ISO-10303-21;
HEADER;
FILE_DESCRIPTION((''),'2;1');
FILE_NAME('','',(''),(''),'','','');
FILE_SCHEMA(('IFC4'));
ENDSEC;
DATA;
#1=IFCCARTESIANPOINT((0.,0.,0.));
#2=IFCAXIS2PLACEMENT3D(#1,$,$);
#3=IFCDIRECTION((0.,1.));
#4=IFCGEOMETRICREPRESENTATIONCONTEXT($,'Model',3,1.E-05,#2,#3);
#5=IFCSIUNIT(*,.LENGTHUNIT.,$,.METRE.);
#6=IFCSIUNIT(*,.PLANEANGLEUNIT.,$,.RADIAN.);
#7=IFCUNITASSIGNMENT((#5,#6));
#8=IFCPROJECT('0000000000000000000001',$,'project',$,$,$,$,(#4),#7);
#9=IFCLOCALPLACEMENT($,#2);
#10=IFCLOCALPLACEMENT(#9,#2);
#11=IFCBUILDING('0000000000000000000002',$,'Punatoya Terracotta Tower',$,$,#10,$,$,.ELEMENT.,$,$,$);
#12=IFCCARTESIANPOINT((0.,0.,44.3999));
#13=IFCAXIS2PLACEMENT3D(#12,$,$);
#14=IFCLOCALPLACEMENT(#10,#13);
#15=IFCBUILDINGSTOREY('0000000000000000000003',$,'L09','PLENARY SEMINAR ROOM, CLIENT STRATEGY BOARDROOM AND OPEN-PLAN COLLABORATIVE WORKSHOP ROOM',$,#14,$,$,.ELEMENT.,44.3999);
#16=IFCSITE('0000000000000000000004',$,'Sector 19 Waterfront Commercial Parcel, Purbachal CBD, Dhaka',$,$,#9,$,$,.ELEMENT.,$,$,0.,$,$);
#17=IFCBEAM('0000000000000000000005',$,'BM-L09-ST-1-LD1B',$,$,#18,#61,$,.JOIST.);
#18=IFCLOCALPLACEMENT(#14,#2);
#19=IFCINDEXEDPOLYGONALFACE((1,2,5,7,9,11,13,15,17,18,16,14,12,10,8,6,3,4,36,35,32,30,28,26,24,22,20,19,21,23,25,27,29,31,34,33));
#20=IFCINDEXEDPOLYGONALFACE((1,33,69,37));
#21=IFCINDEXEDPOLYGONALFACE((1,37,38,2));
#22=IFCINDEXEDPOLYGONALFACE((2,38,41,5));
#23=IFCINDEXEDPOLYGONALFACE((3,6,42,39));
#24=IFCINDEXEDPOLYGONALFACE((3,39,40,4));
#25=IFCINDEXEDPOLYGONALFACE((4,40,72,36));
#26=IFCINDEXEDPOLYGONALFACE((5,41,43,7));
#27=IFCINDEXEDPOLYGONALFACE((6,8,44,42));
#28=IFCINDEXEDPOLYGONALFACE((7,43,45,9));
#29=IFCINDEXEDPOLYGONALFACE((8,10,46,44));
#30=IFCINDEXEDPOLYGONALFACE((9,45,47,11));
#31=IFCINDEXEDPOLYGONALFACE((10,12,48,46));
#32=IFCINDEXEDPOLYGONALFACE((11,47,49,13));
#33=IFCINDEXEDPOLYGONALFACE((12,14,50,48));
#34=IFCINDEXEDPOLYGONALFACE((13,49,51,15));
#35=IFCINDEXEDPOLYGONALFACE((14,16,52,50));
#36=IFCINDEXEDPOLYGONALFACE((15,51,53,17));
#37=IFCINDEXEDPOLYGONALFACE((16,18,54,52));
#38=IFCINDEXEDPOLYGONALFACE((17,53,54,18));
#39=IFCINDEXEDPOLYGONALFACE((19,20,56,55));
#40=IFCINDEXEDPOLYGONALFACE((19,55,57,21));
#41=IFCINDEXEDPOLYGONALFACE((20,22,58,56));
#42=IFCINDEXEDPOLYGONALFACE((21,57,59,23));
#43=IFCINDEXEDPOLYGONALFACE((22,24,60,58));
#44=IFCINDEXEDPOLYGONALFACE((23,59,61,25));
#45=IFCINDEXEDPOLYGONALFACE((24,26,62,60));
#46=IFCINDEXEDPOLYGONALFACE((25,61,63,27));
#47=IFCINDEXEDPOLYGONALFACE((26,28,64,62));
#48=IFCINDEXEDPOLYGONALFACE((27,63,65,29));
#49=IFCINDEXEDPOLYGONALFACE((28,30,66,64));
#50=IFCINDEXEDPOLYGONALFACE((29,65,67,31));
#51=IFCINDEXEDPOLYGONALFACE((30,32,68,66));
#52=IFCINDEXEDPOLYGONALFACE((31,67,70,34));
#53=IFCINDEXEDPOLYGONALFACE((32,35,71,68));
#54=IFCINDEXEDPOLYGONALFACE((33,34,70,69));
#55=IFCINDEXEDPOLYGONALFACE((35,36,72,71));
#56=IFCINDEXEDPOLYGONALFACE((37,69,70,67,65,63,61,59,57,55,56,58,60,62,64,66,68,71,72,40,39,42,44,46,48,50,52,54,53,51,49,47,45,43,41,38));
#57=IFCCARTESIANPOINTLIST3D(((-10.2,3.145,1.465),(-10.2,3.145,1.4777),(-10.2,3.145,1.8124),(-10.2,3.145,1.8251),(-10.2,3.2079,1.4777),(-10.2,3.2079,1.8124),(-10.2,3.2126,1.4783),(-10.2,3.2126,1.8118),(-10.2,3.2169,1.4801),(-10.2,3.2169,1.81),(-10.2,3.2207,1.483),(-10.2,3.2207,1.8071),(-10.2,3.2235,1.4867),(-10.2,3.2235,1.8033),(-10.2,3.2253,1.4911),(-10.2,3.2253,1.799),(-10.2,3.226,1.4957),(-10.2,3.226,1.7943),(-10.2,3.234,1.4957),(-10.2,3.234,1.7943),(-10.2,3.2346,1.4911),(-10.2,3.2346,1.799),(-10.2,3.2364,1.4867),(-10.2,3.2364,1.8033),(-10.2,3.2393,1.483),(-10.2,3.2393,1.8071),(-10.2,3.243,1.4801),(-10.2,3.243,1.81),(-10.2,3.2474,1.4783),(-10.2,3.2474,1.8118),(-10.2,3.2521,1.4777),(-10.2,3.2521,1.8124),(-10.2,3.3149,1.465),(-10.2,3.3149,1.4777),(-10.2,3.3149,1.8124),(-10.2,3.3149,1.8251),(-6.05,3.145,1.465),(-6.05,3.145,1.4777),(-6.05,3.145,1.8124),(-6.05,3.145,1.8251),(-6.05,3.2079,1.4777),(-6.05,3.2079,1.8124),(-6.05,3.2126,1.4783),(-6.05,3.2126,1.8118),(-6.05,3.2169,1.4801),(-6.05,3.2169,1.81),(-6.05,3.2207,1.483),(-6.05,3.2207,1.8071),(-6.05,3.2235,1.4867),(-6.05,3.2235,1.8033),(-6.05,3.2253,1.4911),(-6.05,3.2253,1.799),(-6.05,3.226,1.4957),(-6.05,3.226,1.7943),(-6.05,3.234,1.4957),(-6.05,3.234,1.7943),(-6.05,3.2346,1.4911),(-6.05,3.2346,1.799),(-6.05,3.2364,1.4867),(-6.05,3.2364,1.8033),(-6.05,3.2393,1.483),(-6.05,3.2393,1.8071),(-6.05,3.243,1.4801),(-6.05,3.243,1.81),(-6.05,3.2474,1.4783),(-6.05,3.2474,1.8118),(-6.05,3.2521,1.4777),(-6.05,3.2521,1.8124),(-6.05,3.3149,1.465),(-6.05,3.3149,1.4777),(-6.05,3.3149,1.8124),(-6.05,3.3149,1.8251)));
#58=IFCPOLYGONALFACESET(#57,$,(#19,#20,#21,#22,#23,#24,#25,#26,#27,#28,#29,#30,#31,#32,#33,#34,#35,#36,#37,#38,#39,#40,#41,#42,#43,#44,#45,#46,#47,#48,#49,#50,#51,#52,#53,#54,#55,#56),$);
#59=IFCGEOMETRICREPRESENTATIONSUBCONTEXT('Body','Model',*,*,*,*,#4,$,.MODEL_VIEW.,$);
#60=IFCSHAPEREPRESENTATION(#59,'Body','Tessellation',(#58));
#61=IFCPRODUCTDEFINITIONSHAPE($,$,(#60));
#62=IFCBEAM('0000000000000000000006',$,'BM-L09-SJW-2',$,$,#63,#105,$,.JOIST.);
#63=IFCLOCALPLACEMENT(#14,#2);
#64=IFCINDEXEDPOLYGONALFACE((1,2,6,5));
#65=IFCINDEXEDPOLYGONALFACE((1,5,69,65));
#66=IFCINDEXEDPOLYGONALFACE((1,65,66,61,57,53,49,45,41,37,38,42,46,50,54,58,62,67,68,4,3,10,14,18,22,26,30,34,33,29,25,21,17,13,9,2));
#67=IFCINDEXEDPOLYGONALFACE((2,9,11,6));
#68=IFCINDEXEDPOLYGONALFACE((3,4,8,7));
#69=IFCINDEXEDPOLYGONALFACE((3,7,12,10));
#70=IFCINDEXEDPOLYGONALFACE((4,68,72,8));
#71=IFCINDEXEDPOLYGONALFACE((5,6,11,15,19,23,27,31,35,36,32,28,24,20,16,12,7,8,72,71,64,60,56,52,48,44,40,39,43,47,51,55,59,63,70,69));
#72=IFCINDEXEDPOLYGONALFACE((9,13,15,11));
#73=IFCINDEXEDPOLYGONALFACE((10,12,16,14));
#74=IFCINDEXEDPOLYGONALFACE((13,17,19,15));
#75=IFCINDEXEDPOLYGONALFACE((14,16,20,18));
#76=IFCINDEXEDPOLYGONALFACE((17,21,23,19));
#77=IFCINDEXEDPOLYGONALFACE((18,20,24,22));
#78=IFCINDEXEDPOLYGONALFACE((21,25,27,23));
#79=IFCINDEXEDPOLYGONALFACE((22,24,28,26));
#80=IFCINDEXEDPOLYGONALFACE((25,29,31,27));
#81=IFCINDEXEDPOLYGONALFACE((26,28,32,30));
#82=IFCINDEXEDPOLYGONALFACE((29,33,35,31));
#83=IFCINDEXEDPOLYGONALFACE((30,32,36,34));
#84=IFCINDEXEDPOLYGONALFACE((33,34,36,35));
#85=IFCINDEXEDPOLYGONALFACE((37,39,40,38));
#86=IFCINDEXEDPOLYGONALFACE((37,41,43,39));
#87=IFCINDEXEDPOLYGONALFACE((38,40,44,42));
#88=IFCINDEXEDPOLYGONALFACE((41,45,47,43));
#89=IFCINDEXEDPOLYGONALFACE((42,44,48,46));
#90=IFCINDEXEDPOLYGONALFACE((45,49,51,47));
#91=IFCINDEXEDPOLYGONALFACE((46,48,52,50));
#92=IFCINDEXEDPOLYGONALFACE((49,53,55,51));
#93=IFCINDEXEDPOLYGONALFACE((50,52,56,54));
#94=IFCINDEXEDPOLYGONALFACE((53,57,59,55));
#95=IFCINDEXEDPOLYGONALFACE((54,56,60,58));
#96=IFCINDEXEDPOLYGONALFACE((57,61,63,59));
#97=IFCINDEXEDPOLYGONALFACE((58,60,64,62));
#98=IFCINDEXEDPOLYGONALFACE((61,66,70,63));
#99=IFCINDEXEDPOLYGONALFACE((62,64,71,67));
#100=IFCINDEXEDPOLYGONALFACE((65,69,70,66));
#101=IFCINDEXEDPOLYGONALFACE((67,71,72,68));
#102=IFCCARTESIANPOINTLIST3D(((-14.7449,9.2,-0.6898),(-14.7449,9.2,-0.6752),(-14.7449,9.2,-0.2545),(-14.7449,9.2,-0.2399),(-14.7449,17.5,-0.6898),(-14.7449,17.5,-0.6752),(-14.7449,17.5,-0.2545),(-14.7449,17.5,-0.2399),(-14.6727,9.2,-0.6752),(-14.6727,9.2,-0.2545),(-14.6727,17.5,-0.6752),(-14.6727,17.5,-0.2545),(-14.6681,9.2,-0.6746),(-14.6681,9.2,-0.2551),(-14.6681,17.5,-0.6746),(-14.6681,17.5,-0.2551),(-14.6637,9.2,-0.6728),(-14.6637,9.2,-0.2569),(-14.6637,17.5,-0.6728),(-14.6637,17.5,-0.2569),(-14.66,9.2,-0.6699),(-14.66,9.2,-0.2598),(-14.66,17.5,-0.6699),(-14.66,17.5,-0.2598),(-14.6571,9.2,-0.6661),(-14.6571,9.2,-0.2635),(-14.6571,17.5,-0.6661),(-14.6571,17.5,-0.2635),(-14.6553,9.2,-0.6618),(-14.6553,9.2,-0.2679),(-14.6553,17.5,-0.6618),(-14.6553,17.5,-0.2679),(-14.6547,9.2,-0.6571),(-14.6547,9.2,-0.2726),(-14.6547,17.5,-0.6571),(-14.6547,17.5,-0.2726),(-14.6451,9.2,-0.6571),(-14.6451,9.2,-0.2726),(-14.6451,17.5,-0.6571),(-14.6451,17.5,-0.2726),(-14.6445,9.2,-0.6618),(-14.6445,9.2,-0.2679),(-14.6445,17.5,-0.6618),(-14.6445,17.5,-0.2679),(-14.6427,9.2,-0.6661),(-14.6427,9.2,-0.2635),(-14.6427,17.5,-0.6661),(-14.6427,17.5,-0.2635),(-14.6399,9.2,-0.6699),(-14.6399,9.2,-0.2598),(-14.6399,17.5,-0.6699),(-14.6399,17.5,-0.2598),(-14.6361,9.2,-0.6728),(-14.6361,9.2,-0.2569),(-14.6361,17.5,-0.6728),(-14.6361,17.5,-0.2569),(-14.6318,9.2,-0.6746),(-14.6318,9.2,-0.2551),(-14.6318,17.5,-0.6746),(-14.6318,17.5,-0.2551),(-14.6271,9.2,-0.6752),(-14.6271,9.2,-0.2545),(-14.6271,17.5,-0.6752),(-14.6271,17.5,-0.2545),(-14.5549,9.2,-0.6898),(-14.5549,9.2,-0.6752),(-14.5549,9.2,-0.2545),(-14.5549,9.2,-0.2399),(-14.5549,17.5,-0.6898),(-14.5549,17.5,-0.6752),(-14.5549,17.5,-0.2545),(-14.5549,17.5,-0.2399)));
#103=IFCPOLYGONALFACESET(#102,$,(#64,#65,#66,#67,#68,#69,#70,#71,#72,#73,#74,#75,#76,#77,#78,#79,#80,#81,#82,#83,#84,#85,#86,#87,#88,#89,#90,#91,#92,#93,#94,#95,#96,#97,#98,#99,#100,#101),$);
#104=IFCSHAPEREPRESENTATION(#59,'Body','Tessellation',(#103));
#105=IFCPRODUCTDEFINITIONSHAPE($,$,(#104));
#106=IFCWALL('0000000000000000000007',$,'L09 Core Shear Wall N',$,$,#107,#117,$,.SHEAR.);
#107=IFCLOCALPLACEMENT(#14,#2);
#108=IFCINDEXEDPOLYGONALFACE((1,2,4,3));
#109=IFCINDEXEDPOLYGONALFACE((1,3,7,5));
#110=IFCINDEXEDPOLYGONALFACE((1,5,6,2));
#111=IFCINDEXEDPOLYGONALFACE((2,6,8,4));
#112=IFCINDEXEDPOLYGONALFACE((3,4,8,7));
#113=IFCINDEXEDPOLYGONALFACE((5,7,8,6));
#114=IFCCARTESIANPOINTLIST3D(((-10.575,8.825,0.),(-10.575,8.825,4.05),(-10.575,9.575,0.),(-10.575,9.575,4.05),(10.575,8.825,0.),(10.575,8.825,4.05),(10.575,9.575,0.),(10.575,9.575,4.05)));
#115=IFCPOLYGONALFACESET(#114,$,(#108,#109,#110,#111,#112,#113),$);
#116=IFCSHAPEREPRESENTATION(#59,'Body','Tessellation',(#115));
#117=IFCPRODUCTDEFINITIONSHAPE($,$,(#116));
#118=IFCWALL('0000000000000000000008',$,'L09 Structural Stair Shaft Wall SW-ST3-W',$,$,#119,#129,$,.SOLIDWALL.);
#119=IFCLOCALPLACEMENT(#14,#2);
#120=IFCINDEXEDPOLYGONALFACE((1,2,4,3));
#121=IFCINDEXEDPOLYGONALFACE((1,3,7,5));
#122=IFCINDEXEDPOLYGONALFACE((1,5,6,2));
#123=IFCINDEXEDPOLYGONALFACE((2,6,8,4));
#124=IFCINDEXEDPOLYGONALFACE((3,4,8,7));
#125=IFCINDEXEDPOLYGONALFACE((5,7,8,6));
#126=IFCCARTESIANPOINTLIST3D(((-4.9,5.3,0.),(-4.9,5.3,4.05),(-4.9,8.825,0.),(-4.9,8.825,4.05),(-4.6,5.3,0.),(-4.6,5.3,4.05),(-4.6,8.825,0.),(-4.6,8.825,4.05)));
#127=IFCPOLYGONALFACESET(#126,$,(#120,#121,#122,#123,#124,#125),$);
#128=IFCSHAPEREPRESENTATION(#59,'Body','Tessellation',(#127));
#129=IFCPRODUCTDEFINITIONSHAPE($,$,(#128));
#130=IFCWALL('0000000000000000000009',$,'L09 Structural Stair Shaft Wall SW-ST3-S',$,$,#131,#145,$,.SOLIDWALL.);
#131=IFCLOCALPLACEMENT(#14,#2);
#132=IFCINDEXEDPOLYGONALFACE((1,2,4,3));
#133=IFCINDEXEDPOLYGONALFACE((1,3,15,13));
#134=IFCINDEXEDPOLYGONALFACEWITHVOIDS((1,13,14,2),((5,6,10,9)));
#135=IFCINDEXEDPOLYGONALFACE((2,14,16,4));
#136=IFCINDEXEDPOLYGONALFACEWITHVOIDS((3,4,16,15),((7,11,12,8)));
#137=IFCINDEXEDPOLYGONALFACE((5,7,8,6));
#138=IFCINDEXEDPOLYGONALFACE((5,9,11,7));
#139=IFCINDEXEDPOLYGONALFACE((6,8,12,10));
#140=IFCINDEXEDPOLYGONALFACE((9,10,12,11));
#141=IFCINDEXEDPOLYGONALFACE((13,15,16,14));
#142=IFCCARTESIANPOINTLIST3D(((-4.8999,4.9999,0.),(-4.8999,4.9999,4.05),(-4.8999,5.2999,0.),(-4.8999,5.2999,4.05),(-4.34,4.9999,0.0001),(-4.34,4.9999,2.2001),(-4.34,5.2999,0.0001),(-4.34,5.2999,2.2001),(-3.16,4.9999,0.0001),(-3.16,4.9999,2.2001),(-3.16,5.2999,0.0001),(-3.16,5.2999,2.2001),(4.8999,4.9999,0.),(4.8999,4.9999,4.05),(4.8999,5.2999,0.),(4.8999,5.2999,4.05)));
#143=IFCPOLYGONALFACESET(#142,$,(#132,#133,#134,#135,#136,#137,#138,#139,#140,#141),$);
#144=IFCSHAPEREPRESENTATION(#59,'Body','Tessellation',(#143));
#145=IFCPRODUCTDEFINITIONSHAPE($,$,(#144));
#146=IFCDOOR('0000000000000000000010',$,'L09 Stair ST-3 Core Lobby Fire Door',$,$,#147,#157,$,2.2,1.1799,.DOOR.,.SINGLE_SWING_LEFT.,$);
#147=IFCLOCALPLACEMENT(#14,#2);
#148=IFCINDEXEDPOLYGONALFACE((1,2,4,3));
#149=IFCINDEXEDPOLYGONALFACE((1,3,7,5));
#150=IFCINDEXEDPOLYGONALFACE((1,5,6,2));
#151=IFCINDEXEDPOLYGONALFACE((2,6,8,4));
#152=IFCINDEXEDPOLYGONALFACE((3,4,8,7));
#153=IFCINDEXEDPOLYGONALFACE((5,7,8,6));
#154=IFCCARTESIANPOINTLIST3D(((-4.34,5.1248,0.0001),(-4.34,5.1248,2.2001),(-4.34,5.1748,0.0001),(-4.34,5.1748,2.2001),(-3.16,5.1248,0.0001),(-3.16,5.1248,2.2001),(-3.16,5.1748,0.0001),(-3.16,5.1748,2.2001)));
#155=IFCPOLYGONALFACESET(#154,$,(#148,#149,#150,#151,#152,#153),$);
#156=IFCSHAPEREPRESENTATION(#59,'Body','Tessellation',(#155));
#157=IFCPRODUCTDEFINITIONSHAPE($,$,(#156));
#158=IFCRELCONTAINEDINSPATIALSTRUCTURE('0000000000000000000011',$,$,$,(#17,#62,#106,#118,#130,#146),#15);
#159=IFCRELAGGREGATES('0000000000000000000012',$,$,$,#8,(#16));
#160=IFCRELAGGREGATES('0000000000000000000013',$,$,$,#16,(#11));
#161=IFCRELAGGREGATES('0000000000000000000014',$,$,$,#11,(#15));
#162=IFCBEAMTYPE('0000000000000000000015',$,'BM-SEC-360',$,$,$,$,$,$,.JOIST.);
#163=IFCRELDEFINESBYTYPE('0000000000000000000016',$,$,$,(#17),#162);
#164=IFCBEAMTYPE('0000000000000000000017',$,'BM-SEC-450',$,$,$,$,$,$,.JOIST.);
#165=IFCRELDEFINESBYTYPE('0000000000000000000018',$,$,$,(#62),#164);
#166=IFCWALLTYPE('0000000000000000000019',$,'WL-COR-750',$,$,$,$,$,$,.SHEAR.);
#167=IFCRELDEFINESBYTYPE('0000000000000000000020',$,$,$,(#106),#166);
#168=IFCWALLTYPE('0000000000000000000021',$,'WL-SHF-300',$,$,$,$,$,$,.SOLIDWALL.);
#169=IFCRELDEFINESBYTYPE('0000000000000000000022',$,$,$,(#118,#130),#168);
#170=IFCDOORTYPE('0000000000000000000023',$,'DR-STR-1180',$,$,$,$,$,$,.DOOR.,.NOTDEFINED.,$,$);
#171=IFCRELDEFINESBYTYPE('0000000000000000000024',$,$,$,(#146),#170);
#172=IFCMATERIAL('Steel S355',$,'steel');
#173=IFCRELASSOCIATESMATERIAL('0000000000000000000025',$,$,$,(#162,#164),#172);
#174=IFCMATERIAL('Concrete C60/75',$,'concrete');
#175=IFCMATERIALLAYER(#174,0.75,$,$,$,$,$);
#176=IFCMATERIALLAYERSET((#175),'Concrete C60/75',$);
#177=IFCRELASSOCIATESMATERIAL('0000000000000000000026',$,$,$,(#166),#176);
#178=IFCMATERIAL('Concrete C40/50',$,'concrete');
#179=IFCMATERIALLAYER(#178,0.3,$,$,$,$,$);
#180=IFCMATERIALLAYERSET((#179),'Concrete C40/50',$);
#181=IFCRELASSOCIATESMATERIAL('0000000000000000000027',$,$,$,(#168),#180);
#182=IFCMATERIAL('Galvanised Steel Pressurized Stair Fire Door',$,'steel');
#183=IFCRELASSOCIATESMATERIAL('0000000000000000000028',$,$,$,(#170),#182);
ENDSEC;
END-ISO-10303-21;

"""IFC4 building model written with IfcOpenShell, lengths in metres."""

from ifc_helpers import new_model, si_unit, direction, frame, frame_2d, origin, origin_2d, place, context, subcontext, project, spatial, rectangle, i_section, extrude, material, layer, layer_set, material_profile, profile_set, type_object, element, fill, save


model = new_model("IFC4")

# Units and contexts
model_context = context("Model", 3, precision=1e-05, world=origin(), true_north=direction((0.0, 1.0)))
body_context = subcontext(model_context, "Body", "Model", "MODEL_VIEW")
ifc_project = project(units=[si_unit("LENGTHUNIT", "METRE"), si_unit("PLANEANGLEUNIT", "RADIAN")], contexts=[model_context])

# Site, building, storey
site_placement = place(None, origin())
site = spatial("IfcSite", under=ifc_project, at=site_placement, Name="Sector 19 Waterfront Commercial Parcel, Purbachal CBD, Dhaka", CompositionType="ELEMENT", RefElevation=0.0)
building_placement = place(site_placement, origin())
building = spatial("IfcBuilding", under=site, at=building_placement, Name="Punatoya Terracotta Tower", CompositionType="ELEMENT")
storey_placement = place(building_placement, frame((0.0, 0.0, 44.3999)))
storey = spatial("IfcBuildingStorey", under=building, at=storey_placement, Name="L09", Description="PLENARY SEMINAR ROOM, CLIENT STRATEGY BOARDROOM AND OPEN-PLAN COLLABORATIVE WORKSHOP ROOM", CompositionType="ELEMENT", Elevation=44.3999)

# Beams
ifc_material_1 = material(Name="Steel S355", Category="steel")
ifc_material_2 = material(Name="Concrete C60/75", Category="concrete")
ifc_material_profile_1 = material_profile(ifc_material_1, i_section(OverallWidth=0.1699, OverallDepth=0.3601, WebThickness=0.0081, FlangeThickness=0.0127, FilletRadius=0.0181, at=origin_2d()))
ifc_profile_set_1 = profile_set([ifc_material_profile_1], Name="Steel S355")
beam_type_1 = type_object("IfcBeamType", Name="BM-SEC-360", PredefinedType="JOIST", material=ifc_profile_set_1)
for number, where, z_axis, x_axis, name in (
    (1, (-10.2, 3.23, 1.645), (1.0, 0.0, 0.0), (0.0, 1.0, 0.0), "BM-L09-ST-1-LD1B"),
):
    element("IfcBeam", number, at=place(storey_placement, frame(where, z_axis=z_axis, x_axis=x_axis)), inside=storey, type_object=beam_type_1, Name=name, PredefinedType="JOIST", context=body_context, shape_type="SweptSolid", body=[
        extrude(i_section(OverallWidth=0.1699, OverallDepth=0.3601, WebThickness=0.0081, FlangeThickness=0.0127, FilletRadius=0.0181, at=origin_2d()), origin(), (0.0, 0.0, 1.0), 4.1499),
    ])
ifc_material_profile_2 = material_profile(ifc_material_1, i_section(OverallWidth=0.1899, OverallDepth=0.45, WebThickness=0.0095, FlangeThickness=0.0146, FilletRadius=0.0181, at=origin_2d()))
ifc_profile_set_2 = profile_set([ifc_material_profile_2], Name="Steel S355")
beam_type_2 = type_object("IfcBeamType", Name="BM-SEC-450", PredefinedType="JOIST", material=ifc_profile_set_2)
beam_1_placement = place(storey_placement, frame((-14.6499, 9.2, -0.4648), z_axis=(0.0, 1.0, 0.0), x_axis=(-1.0, 0.0, 0.0)))
element("IfcBeam", 2, at=beam_1_placement, inside=storey, type_object=beam_type_2, Name="BM-L09-SJW-2", PredefinedType="JOIST", context=body_context, shape_type="SweptSolid", body=[
    extrude(i_section(OverallWidth=0.1899, OverallDepth=0.45, WebThickness=0.0095, FlangeThickness=0.0146, FilletRadius=0.0181, at=origin_2d()), origin(), (0.0, 0.0, 1.0), 8.3),
])

# Walls
ifc_layer_1 = layer(ifc_material_2, 0.75)
ifc_layer_set_1 = layer_set([ifc_layer_1], Name="Concrete C60/75")
wall_type_1 = type_object("IfcWallType", Name="WL-COR-750", PredefinedType="SHEAR", material=ifc_layer_set_1)
wall_1_placement = place(storey_placement, frame((-10.575, 9.2, 0.0), z_axis=(0.0, 0.0, 1.0), x_axis=(1.0, 0.0, 0.0)))
element("IfcWall", 3, at=wall_1_placement, inside=storey, type_object=wall_type_1, Name="L09 Core Shear Wall N", PredefinedType="SHEAR", context=body_context, shape_type="SweptSolid", body=[
    extrude(rectangle(XDim=21.1499, YDim=0.75, at=frame_2d((10.575, 0.0))), origin(), (0.0, 0.0, 1.0), 4.05),
])
ifc_material_3 = material(Name="Concrete C40/50", Category="concrete")
ifc_layer_2 = layer(ifc_material_3, 0.3)
ifc_layer_set_2 = layer_set([ifc_layer_2], Name="Concrete C40/50")
wall_type_2 = type_object("IfcWallType", Name="WL-SHF-300", PredefinedType="SOLIDWALL", material=ifc_layer_set_2)
wall_2_placement = place(storey_placement, frame((-4.75, 5.3, 0.0), z_axis=(0.0, 0.0, 1.0), x_axis=(0.0, 1.0, 0.0)))
element("IfcWall", 4, at=wall_2_placement, inside=storey, type_object=wall_type_2, Name="L09 Structural Stair Shaft Wall SW-ST3-W", PredefinedType="SOLIDWALL", context=body_context, shape_type="SweptSolid", body=[
    extrude(rectangle(XDim=3.5249, YDim=0.3, at=frame_2d((1.7625, 0.0))), origin(), (0.0, 0.0, 1.0), 4.05),
])

# Wall, opening, door
wall_3_placement = place(storey_placement, frame((-4.8999, 5.1499, 0.0), z_axis=(0.0, 0.0, 1.0), x_axis=(1.0, 0.0, 0.0)))
wall_3 = element("IfcWall", 5, at=wall_3_placement, inside=storey, type_object=wall_type_2, Name="L09 Structural Stair Shaft Wall SW-ST3-S", PredefinedType="SOLIDWALL", context=body_context, shape_type="SweptSolid", body=[
    extrude(rectangle(XDim=9.7998, YDim=0.3, at=frame_2d((4.8999, 0.0))), origin(), (0.0, 0.0, 1.0), 4.05),
])
opening_1_placement = place(wall_3_placement, frame((0.5601, 0.0, 0.0)))
opening_1 = element("IfcOpeningElement", 6, at=opening_1_placement, cuts=wall_3, PredefinedType="OPENING", context=body_context, shape_type="SweptSolid", body=[
    extrude(rectangle(XDim=1.1799, YDim=2.2, at=frame_2d((0.5898, 1.1001))), frame((0.0, 0.1599, 0.0), z_axis=(0.0, -1.0, 0.0), x_axis=(1.0, 0.0, 0.0)), (0.0, 0.0, 1.0), 0.3201),
])
ifc_material_4 = material(Name="Galvanised Steel Pressurized Stair Fire Door", Category="steel")
door_type_1 = type_object("IfcDoorType", Name="DR-STR-1180", OperationType="NOTDEFINED", PredefinedType="DOOR", material=ifc_material_4)
door_1_placement = place(opening_1_placement, origin())
door_1 = element("IfcDoor", 7, at=door_1_placement, inside=storey, type_object=door_type_1, Name="L09 Stair ST-3 Core Lobby Fire Door", OperationType="SINGLE_SWING_LEFT", OverallHeight=2.2, OverallWidth=1.1799, PredefinedType="DOOR", context=body_context, shape_type="SweptSolid", body=[
    extrude(rectangle(XDim=1.1799, YDim=2.2, at=frame_2d((0.5898, 1.1001))), frame((0.0, 0.0249, 0.0), z_axis=(0.0, -1.0, 0.0), x_axis=(1.0, 0.0, 0.0)), (0.0, 0.0, 1.0), 0.05),
])
fill(opening_1, door_1)

save(model, "model.ifc")
